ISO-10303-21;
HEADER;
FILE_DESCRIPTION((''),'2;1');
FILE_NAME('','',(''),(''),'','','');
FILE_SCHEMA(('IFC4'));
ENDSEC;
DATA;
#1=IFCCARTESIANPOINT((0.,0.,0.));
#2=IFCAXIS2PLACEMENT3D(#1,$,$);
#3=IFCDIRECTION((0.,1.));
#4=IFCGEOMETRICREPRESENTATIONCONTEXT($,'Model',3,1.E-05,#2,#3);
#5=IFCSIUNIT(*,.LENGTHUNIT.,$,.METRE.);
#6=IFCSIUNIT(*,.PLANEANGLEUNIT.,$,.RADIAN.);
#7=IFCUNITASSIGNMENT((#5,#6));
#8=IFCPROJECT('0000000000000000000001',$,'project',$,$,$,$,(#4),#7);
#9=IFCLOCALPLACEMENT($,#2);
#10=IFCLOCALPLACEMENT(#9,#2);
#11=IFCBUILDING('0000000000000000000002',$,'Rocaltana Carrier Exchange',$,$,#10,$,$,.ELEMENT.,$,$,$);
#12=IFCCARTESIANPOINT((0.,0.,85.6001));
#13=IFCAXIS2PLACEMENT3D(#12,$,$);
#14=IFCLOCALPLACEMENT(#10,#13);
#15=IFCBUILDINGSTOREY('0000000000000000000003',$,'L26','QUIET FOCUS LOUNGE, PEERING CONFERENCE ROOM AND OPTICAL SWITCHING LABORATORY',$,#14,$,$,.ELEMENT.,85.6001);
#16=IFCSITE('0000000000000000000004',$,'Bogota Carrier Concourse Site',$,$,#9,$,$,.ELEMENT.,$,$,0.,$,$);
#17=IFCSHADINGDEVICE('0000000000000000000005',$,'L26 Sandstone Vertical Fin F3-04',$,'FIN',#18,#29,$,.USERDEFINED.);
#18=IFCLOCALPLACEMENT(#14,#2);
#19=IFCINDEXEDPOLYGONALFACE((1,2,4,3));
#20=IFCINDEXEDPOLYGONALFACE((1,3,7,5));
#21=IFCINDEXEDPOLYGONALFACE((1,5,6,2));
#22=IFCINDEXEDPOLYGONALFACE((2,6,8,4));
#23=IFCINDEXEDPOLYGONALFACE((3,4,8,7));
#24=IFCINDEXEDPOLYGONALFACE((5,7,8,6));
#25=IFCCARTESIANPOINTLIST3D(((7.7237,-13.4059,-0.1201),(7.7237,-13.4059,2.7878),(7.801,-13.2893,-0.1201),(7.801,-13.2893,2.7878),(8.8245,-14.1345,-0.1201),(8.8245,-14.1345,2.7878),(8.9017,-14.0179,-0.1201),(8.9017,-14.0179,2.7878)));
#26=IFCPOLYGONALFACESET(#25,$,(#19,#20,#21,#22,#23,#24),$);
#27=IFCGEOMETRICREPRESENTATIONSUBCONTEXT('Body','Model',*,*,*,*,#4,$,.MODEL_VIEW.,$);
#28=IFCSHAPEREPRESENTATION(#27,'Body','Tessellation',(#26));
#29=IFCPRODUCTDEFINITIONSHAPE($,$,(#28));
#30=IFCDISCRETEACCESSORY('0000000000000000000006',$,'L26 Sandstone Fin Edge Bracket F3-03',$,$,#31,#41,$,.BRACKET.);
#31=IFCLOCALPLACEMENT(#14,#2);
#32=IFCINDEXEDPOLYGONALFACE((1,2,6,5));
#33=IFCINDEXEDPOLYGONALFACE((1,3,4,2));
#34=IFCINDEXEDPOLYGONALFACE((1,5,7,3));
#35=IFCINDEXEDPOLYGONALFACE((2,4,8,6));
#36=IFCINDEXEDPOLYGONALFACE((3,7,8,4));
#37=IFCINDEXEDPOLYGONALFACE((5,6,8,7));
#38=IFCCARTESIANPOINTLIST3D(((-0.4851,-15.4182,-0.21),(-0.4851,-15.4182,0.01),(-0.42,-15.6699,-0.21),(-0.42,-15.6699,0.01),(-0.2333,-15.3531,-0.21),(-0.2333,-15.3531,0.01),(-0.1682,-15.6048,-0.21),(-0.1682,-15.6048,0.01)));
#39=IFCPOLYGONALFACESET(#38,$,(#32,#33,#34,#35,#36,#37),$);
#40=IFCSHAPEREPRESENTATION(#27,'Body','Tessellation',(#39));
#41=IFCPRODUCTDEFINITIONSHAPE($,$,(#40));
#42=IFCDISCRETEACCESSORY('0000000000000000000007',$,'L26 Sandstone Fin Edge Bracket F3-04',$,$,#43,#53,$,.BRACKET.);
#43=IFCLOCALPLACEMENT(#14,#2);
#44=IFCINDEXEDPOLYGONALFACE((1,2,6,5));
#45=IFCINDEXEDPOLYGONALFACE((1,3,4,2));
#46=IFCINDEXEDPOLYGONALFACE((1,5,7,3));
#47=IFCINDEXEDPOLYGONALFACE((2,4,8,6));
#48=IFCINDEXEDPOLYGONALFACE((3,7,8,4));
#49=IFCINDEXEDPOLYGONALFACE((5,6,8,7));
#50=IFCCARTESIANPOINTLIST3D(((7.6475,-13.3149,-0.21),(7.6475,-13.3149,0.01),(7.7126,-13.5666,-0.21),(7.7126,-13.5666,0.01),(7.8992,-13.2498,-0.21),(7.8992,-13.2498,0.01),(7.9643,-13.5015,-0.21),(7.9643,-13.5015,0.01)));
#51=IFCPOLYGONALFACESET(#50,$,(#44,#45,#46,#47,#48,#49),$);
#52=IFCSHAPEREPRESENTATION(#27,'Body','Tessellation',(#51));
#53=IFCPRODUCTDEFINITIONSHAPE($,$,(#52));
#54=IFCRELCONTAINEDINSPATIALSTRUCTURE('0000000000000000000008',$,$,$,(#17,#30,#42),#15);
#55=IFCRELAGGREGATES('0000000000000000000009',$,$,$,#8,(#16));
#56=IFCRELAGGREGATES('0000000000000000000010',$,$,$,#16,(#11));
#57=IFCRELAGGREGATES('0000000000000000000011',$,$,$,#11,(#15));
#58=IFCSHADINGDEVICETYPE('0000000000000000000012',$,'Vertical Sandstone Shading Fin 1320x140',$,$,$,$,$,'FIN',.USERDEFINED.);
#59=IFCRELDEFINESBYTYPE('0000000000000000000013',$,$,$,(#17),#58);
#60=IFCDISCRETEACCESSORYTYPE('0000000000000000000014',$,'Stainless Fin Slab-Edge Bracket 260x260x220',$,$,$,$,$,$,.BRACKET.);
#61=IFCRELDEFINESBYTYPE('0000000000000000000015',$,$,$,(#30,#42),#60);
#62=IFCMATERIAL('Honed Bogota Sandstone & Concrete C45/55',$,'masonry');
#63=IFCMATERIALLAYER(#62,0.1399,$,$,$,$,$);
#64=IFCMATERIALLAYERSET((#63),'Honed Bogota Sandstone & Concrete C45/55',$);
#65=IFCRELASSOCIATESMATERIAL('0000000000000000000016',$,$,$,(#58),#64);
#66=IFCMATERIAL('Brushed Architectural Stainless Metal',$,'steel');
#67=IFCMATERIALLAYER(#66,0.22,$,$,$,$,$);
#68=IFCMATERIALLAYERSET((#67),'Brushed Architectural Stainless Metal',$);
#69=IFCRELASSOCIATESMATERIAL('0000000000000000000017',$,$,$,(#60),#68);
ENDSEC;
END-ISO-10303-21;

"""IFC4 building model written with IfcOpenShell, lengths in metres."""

from ifc_helpers import new_model, si_unit, direction, frame, origin, origin_2d, place, context, subcontext, project, spatial, rectangle, extrude, material, layer, layer_set, type_object, element, save


model = new_model("IFC4")

# Units and contexts
model_context = context("Model", 3, precision=1e-05, world=origin(), true_north=direction((0.0, 1.0)))
body_context = subcontext(model_context, "Body", "Model", "MODEL_VIEW")
ifc_project = project(units=[si_unit("LENGTHUNIT", "METRE"), si_unit("PLANEANGLEUNIT", "RADIAN")], contexts=[model_context])

# Site, building, storey
site_placement = place(None, origin())
site = spatial("IfcSite", under=ifc_project, at=site_placement, Name="Bogota Carrier Concourse Site", CompositionType="ELEMENT", RefElevation=0.0)
building_placement = place(site_placement, origin())
building = spatial("IfcBuilding", under=site, at=building_placement, Name="Rocaltana Carrier Exchange", CompositionType="ELEMENT")
storey_placement = place(building_placement, frame((0.0, 0.0, 85.6001)))
storey = spatial("IfcBuildingStorey", under=building, at=storey_placement, Name="L26", Description="QUIET FOCUS LOUNGE, PEERING CONFERENCE ROOM AND OPTICAL SWITCHING LABORATORY", CompositionType="ELEMENT", Elevation=85.6001)

# Shading device
ifc_material_1 = material(Name="Honed Bogota Sandstone & Concrete C45/55", Category="masonry")
ifc_layer_1 = layer(ifc_material_1, 0.1399)
ifc_layer_set_1 = layer_set([ifc_layer_1], Name="Honed Bogota Sandstone & Concrete C45/55")
shading_device_type = type_object("IfcShadingDeviceType", Name="Vertical Sandstone Shading Fin 1320x140", ElementType="FIN", PredefinedType="USERDEFINED", material=ifc_layer_set_1)
for number, where, z_axis, x_axis, name in (
    (1, (8.3127, -13.7119, -0.1201), (0.0, 0.0, 1.0), (0.833886, -0.551937, 0.0), "L26 Sandstone Vertical Fin F3-04"),
):
    element("IfcShadingDevice", number, at=place(storey_placement, frame(where, z_axis=z_axis, x_axis=x_axis)), inside=storey, type_object=shading_device_type, Name=name, ObjectType="FIN", PredefinedType="USERDEFINED", context=body_context, shape_type="SweptSolid", body=[
        extrude(rectangle(XDim=1.3201, YDim=0.1399, at=origin_2d()), origin(), (0.0, 0.0, 1.0), 2.908),
    ])

# Discrete accessories
ifc_material_2 = material(Name="Brushed Architectural Stainless Metal", Category="steel")
ifc_layer_2 = layer(ifc_material_2, 0.22)
ifc_layer_set_2 = layer_set([ifc_layer_2], Name="Brushed Architectural Stainless Metal")
discrete_accessory_type = type_object("IfcDiscreteAccessoryType", Name="Stainless Fin Slab-Edge Bracket 260x260x220", PredefinedType="BRACKET", material=ifc_layer_set_2)
for number, where, z_axis, x_axis, name in (
    (2, (-0.3267, -15.5115, -0.21), (0.0, 0.0, 1.0), (0.968148, 0.25038, 0.0), "L26 Sandstone Fin Edge Bracket F3-03"),
    (3, (7.8059, -13.4082, -0.21), (0.0, 0.0, 1.0), (0.968148, 0.25038, 0.0), "L26 Sandstone Fin Edge Bracket F3-04"),
):
    element("IfcDiscreteAccessory", number, at=place(storey_placement, frame(where, z_axis=z_axis, x_axis=x_axis)), inside=storey, type_object=discrete_accessory_type, Name=name, PredefinedType="BRACKET", context=body_context, shape_type="SweptSolid", body=[
        extrude(rectangle(XDim=0.26, YDim=0.26, at=origin_2d()), origin(), (0.0, 0.0, 1.0), 0.22),
    ])

save(model, "model.ifc")
